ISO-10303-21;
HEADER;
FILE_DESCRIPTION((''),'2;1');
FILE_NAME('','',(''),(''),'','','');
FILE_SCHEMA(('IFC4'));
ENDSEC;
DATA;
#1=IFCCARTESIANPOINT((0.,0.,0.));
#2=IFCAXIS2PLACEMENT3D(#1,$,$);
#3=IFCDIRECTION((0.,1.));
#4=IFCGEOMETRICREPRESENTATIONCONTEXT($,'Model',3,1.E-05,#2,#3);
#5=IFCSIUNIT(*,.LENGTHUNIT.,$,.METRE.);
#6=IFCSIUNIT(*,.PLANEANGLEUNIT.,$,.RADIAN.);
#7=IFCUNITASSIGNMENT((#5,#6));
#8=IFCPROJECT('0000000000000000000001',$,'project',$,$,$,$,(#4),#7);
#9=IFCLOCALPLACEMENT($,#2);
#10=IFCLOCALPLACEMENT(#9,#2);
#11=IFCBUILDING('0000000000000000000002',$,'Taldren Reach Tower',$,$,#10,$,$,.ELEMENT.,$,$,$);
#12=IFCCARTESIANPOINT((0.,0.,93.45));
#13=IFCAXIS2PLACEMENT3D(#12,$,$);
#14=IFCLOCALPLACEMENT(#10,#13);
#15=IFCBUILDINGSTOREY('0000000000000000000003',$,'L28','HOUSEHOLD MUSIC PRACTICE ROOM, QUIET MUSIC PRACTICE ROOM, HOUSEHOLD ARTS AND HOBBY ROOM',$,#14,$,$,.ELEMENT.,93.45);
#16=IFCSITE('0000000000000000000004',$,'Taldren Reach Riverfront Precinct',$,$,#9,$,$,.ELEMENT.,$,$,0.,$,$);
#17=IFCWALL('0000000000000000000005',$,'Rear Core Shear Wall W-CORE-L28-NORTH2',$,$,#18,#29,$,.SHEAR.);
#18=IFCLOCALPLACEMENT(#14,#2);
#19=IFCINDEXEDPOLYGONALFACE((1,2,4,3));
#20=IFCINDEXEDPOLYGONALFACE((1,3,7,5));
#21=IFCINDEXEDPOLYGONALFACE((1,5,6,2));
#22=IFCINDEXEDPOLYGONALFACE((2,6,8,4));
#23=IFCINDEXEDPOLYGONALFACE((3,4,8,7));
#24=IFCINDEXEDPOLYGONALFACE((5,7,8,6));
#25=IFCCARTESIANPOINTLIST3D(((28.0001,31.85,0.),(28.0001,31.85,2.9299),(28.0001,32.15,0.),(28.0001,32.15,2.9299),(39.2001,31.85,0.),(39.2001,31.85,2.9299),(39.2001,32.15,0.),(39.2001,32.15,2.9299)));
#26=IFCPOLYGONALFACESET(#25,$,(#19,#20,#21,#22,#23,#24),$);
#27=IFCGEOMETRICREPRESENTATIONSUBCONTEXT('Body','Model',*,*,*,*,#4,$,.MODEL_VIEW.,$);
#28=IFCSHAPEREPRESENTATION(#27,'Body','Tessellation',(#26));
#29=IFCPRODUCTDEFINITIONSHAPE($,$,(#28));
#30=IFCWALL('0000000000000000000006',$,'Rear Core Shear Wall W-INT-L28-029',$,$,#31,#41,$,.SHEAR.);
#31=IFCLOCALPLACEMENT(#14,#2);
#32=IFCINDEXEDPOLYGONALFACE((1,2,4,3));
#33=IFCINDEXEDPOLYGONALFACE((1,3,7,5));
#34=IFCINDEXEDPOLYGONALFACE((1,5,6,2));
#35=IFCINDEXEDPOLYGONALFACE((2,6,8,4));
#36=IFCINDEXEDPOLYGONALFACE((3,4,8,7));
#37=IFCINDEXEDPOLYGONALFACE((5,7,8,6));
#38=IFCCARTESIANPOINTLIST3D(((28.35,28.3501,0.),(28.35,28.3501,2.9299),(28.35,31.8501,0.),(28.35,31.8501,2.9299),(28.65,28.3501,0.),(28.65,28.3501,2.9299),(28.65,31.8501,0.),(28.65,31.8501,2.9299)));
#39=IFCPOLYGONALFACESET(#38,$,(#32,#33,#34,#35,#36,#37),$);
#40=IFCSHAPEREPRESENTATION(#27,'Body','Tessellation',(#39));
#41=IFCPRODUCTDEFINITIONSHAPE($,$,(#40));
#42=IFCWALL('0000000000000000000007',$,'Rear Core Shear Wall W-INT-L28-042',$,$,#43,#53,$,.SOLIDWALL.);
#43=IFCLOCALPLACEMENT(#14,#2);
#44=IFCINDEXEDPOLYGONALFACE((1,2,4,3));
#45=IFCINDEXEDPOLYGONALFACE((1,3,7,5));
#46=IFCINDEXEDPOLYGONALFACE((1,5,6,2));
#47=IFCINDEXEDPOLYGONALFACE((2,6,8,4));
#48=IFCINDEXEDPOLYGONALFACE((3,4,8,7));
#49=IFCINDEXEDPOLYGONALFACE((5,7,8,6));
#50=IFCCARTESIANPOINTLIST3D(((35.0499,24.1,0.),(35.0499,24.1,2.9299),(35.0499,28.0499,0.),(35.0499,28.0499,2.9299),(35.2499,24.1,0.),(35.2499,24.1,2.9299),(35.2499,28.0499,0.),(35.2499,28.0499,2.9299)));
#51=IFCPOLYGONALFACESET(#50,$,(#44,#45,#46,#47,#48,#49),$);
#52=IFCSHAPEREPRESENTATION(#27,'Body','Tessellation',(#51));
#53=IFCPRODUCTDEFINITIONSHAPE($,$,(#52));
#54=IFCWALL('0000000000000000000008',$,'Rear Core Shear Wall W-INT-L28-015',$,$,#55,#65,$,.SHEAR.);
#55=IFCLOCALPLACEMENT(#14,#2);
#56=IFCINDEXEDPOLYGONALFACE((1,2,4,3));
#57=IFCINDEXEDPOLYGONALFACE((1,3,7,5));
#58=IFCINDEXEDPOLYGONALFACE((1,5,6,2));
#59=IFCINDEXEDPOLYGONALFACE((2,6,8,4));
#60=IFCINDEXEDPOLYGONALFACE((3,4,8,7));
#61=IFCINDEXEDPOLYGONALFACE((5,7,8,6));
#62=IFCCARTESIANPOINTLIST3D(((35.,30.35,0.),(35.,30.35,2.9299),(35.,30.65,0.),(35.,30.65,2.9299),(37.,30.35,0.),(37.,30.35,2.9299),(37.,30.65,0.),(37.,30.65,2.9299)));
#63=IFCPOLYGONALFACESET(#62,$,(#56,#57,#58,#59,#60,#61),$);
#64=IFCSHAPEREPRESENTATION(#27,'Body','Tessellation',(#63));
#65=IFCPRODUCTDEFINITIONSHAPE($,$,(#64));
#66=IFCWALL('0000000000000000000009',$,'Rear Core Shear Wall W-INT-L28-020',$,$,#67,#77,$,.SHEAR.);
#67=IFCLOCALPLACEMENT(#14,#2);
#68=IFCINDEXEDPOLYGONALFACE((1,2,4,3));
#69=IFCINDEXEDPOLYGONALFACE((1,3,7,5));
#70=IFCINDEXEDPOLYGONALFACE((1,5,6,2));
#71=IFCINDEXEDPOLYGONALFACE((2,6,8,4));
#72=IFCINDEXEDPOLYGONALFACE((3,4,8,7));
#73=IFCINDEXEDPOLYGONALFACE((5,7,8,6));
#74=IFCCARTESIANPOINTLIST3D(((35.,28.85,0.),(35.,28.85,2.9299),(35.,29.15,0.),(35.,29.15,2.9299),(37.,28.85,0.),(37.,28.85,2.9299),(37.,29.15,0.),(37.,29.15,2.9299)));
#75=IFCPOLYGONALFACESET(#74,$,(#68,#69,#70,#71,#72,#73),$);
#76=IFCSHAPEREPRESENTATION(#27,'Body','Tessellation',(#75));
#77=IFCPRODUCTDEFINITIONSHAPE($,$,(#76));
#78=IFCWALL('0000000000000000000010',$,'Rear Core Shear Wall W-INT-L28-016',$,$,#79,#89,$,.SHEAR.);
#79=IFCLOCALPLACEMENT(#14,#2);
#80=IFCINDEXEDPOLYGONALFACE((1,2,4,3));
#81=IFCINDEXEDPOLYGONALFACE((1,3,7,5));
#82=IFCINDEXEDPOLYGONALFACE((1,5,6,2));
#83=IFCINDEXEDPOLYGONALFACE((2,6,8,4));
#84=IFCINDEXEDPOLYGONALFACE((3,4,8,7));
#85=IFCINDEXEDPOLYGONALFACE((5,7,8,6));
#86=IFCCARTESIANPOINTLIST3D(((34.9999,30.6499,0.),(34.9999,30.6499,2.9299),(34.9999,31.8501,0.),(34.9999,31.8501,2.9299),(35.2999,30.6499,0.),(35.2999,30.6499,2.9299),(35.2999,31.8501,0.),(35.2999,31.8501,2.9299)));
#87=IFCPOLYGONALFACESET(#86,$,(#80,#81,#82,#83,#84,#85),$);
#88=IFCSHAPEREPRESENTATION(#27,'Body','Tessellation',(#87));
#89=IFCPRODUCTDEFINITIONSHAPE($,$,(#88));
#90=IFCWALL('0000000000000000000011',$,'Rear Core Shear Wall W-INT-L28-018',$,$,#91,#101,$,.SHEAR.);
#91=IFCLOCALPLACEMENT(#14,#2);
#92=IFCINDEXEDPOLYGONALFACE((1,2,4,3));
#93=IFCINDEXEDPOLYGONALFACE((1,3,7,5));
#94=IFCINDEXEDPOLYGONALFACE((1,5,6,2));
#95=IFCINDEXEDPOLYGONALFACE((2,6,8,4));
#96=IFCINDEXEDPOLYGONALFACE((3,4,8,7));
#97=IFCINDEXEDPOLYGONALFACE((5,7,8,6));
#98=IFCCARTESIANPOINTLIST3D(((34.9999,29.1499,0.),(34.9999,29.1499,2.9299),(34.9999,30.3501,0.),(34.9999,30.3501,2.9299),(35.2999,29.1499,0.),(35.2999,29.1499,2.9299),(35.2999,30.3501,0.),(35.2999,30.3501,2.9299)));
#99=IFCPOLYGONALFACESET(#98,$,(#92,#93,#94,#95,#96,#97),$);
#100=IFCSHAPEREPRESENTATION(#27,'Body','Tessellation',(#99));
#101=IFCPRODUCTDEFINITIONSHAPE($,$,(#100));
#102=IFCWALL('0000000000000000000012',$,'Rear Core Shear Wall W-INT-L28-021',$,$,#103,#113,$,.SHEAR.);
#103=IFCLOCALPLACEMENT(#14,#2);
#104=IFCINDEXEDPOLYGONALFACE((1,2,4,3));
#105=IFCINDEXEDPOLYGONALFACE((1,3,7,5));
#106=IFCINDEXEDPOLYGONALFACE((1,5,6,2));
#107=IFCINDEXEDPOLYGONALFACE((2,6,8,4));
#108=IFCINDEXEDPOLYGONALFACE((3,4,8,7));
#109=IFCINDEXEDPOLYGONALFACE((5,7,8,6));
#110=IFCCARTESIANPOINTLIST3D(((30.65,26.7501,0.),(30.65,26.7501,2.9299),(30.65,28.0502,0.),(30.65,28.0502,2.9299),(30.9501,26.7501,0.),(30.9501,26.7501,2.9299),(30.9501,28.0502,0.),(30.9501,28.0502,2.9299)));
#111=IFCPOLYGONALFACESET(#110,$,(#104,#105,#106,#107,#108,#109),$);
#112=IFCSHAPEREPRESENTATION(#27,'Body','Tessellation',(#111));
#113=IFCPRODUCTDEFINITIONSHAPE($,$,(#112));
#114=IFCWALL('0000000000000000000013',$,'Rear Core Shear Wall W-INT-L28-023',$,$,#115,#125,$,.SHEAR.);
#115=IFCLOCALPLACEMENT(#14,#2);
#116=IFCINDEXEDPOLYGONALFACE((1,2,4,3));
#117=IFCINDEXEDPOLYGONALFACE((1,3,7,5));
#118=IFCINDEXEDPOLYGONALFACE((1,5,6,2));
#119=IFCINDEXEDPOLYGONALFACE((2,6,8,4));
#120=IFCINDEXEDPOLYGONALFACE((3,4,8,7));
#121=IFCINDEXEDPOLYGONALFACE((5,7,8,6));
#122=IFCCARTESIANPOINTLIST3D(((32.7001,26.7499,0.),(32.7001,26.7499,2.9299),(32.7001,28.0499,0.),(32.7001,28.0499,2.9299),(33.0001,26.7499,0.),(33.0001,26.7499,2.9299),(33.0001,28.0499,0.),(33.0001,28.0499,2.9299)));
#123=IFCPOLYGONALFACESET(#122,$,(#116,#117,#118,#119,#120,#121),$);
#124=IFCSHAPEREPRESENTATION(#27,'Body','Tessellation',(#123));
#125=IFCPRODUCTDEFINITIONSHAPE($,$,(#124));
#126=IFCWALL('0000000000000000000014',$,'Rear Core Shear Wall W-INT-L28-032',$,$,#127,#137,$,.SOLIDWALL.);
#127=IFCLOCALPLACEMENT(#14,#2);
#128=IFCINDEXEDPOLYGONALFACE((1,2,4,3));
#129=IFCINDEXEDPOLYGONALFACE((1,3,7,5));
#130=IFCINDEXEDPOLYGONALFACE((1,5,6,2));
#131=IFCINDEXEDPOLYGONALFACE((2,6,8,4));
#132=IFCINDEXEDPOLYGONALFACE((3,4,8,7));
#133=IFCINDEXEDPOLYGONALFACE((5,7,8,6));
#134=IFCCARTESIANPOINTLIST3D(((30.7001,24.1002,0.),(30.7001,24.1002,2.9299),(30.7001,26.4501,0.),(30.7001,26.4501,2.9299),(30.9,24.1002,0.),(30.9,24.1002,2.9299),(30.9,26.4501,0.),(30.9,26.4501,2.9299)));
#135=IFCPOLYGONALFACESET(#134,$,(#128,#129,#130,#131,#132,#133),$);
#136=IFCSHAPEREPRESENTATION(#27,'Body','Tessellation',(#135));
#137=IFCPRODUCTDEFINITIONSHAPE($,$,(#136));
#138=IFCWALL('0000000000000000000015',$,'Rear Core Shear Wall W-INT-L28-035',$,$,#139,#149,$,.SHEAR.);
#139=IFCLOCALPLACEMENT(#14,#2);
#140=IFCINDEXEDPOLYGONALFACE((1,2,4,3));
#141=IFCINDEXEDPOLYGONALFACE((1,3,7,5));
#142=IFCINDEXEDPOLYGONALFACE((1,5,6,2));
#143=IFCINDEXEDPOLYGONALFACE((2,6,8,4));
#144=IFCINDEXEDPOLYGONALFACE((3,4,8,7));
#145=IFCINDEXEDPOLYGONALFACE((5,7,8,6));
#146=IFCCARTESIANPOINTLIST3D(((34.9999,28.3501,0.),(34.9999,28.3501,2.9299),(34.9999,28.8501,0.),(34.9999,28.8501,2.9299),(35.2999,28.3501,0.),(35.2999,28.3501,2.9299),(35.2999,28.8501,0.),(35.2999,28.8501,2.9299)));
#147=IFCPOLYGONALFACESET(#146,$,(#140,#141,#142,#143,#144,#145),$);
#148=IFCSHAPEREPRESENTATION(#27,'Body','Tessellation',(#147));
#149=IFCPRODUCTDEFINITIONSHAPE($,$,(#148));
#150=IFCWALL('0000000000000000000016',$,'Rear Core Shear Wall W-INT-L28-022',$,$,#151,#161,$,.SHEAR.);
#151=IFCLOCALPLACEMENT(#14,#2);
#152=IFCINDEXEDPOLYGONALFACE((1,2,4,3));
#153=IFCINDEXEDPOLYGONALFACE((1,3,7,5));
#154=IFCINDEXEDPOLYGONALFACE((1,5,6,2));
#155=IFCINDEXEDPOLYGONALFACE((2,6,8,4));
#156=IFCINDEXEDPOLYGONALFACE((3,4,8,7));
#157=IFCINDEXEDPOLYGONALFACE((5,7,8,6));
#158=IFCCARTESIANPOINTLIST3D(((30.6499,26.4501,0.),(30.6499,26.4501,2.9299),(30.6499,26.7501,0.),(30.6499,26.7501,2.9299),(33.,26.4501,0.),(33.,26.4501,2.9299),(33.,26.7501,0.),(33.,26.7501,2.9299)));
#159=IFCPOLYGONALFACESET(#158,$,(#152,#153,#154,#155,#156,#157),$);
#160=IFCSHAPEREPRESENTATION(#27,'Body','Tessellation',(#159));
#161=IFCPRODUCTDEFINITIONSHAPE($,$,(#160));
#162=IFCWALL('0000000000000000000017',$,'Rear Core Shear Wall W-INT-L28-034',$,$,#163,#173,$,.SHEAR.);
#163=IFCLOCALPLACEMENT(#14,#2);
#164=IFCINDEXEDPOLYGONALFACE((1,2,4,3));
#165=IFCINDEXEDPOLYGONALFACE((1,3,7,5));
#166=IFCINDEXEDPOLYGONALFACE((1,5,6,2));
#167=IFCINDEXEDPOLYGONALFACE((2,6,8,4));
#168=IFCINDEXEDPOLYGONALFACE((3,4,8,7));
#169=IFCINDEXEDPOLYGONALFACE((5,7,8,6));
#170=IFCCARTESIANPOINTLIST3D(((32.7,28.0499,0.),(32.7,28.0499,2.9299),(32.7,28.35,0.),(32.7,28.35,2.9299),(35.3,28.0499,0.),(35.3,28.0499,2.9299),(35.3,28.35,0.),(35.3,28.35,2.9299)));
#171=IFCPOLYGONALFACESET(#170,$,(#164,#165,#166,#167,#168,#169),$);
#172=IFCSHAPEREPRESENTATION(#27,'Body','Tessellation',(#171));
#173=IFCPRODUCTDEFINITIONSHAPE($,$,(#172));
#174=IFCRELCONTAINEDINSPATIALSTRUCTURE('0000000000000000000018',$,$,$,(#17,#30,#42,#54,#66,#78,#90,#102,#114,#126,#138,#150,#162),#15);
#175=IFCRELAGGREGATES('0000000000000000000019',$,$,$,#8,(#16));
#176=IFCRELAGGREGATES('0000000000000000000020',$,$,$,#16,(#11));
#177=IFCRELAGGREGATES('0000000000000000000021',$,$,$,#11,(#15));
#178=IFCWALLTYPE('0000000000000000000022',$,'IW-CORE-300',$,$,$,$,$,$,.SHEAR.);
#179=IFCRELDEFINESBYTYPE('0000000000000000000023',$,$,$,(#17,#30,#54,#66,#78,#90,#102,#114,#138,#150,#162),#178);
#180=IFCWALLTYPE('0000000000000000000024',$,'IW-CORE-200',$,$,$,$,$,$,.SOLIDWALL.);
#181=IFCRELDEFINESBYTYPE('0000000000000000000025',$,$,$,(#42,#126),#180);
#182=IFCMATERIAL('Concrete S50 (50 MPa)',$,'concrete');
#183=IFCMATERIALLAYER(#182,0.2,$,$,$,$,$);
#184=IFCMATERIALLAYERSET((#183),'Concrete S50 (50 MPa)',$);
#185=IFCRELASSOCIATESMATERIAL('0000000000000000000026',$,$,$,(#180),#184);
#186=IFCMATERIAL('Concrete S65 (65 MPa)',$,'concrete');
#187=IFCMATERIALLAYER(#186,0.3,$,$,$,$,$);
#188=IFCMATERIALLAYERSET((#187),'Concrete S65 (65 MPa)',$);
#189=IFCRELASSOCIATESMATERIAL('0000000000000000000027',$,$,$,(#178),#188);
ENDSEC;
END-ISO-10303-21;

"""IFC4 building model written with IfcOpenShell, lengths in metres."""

from ifc_helpers import new_model, si_unit, direction, frame, frame_2d, origin, place, context, subcontext, project, spatial, rectangle, extrude, source, transform, mapped, material, layer, layer_set, type_object, element, save


model = new_model("IFC4")

# Units and contexts
model_context = context("Model", 3, precision=1e-05, world=origin(), true_north=direction((0.0, 1.0)))
body_context = subcontext(model_context, "Body", "Model", "MODEL_VIEW")
ifc_project = project(units=[si_unit("LENGTHUNIT", "METRE"), si_unit("PLANEANGLEUNIT", "RADIAN")], contexts=[model_context])

# Site, building, storey
site_placement = place(None, origin())
site = spatial("IfcSite", under=ifc_project, at=site_placement, Name="Taldren Reach Riverfront Precinct", CompositionType="ELEMENT", RefElevation=0.0)
building_placement = place(site_placement, origin())
building = spatial("IfcBuilding", under=site, at=building_placement, Name="Taldren Reach Tower", CompositionType="ELEMENT")
storey_placement = place(building_placement, frame((0.0, 0.0, 93.45)))
storey = spatial("IfcBuildingStorey", under=building, at=storey_placement, Name="L28", Description="HOUSEHOLD MUSIC PRACTICE ROOM, QUIET MUSIC PRACTICE ROOM, HOUSEHOLD ARTS AND HOBBY ROOM", CompositionType="ELEMENT", Elevation=93.45)

# Shared definitions
ifc_material_1 = material(Name="Concrete S65 (65 MPa)", Category="concrete")

# Shared definitions
ifc_material_2 = material(Name="Concrete S50 (50 MPa)", Category="concrete")
ifc_layer_1 = layer(ifc_material_2, 0.2)
ifc_layer_set_1 = layer_set([ifc_layer_1], Name="Concrete S50 (50 MPa)")
wall_type_1 = type_object("IfcWallType", Name="IW-CORE-200", PredefinedType="SOLIDWALL", material=ifc_layer_set_1)

# Walls
ifc_layer_2 = layer(ifc_material_1, 0.3)
ifc_layer_set_2 = layer_set([ifc_layer_2], Name="Concrete S65 (65 MPa)")
wall_type_2 = type_object("IfcWallType", Name="IW-CORE-300", PredefinedType="SHEAR", material=ifc_layer_set_2)
shared_shape_1 = source(origin(), body_context, "Body", "SweptSolid", [
    extrude(rectangle(XDim=11.2, YDim=0.3, at=frame_2d((5.6001, 0.0))), origin(), (0.0, 0.0, 1.0), 2.9299),
])
wall_1_placement = place(storey_placement, frame((28.0, 32.0, 0.0), z_axis=(0.0, 0.0, 1.0), x_axis=(1.0, 0.0, 0.0)))
element("IfcWall", 1, at=wall_1_placement, inside=storey, type_object=wall_type_2, Name="Rear Core Shear Wall W-CORE-L28-NORTH2", PredefinedType="SHEAR", context=body_context, shape_type="MappedRepresentation", body=[
    mapped(shared_shape_1, transform((0.0, 0.0, 0.0), scale=1.0)),
])
shared_shape_2 = source(origin(), body_context, "Body", "SweptSolid", [
    extrude(rectangle(XDim=3.5, YDim=0.3, at=frame_2d((1.75, 0.0))), origin(), (0.0, 0.0, 1.0), 2.9299),
])
wall_2_placement = place(storey_placement, frame((28.5, 28.3501, 0.0), z_axis=(0.0, 0.0, 1.0), x_axis=(0.0, 1.0, 0.0)))
element("IfcWall", 2, at=wall_2_placement, inside=storey, type_object=wall_type_2, Name="Rear Core Shear Wall W-INT-L28-029", PredefinedType="SHEAR", context=body_context, shape_type="MappedRepresentation", body=[
    mapped(shared_shape_2, transform((0.0, 0.0, 0.0), scale=1.0)),
])
shared_shape_3 = source(origin(), body_context, "Body", "SweptSolid", [
    extrude(rectangle(XDim=3.95, YDim=0.2, at=frame_2d((1.9751, 0.0))), origin(), (0.0, 0.0, 1.0), 2.9299),
])
wall_3_placement = place(storey_placement, frame((35.1499, 28.05, 0.0), z_axis=(0.0, 0.0, 1.0), x_axis=(0.0, -1.0, 0.0)))
element("IfcWall", 3, at=wall_3_placement, inside=storey, type_object=wall_type_1, Name="Rear Core Shear Wall W-INT-L28-042", PredefinedType="SOLIDWALL", context=body_context, shape_type="MappedRepresentation", body=[
    mapped(shared_shape_3, transform((0.0, 0.0, 0.0), scale=1.0)),
])
shared_shape_4 = source(origin(), body_context, "Body", "SweptSolid", [
    extrude(rectangle(XDim=2.0, YDim=0.3, at=frame_2d((1.0, 0.0))), origin(), (0.0, 0.0, 1.0), 2.9299),
])
for number, where, z_axis, x_axis, name in (
    (4, (35.0, 30.5, 0.0), (0.0, 0.0, 1.0), (1.0, 0.0, 0.0), "Rear Core Shear Wall W-INT-L28-015"),
    (5, (35.0, 29.0, 0.0), (0.0, 0.0, 1.0), (1.0, 0.0, 0.0), "Rear Core Shear Wall W-INT-L28-020"),
):
    element("IfcWall", number, at=place(storey_placement, frame(where, z_axis=z_axis, x_axis=x_axis)), inside=storey, type_object=wall_type_2, Name=name, PredefinedType="SHEAR", context=body_context, shape_type="MappedRepresentation", body=[
        mapped(shared_shape_4, transform((0.0, 0.0, 0.0), scale=1.0)),
    ])
shared_shape_5 = source(origin(), body_context, "Body", "SweptSolid", [
    extrude(rectangle(XDim=1.2002, YDim=0.3, at=frame_2d((0.6001, 0.0))), origin(), (0.0, 0.0, 1.0), 2.9299),
])
for number, where, z_axis, x_axis, name in (
    (6, (35.1499, 31.8501, 0.0), (0.0, 0.0, 1.0), (0.0, -1.0, 0.0), "Rear Core Shear Wall W-INT-L28-016"),
    (7, (35.1499, 30.3501, 0.0), (0.0, 0.0, 1.0), (0.0, -1.0, 0.0), "Rear Core Shear Wall W-INT-L28-018"),
):
    element("IfcWall", number, at=place(storey_placement, frame(where, z_axis=z_axis, x_axis=x_axis)), inside=storey, type_object=wall_type_2, Name=name, PredefinedType="SHEAR", context=body_context, shape_type="MappedRepresentation", body=[
        mapped(shared_shape_5, transform((0.0, 0.0, 0.0), scale=1.0)),
    ])
shared_shape_6 = source(origin(), body_context, "Body", "SweptSolid", [
    extrude(rectangle(XDim=1.3, YDim=0.3, at=frame_2d((0.6499, 0.0))), origin(), (0.0, 0.0, 1.0), 2.9299),
])
for number, where, z_axis, x_axis, name in (
    (8, (30.8, 28.05, 0.0), (0.0, 0.0, 1.0), (0.0, -1.0, 0.0), "Rear Core Shear Wall W-INT-L28-021"),
    (9, (32.8501, 26.75, 0.0), (0.0, 0.0, 1.0), (0.0, 1.0, 0.0), "Rear Core Shear Wall W-INT-L28-023"),
):
    element("IfcWall", number, at=place(storey_placement, frame(where, z_axis=z_axis, x_axis=x_axis)), inside=storey, type_object=wall_type_2, Name=name, PredefinedType="SHEAR", context=body_context, shape_type="MappedRepresentation", body=[
        mapped(shared_shape_6, transform((0.0, 0.0, 0.0), scale=1.0)),
    ])

# Walls
shared_shape_7 = source(origin(), body_context, "Body", "SweptSolid", [
    extrude(rectangle(XDim=2.3499, YDim=0.2, at=frame_2d((1.1748, 0.0))), origin(), (0.0, 0.0, 1.0), 2.9299),
])
wall_4_placement = place(storey_placement, frame((30.8, 26.45, 0.0), z_axis=(0.0, 0.0, 1.0), x_axis=(0.0, -1.0, 0.0)))
element("IfcWall", 10, at=wall_4_placement, inside=storey, type_object=wall_type_1, Name="Rear Core Shear Wall W-INT-L28-032", PredefinedType="SOLIDWALL", context=body_context, shape_type="MappedRepresentation", body=[
    mapped(shared_shape_7, transform((0.0, 0.0, 0.0), scale=1.0)),
])
shared_shape_8 = source(origin(), body_context, "Body", "SweptSolid", [
    extrude(rectangle(XDim=0.5, YDim=0.3, at=frame_2d((0.25, 0.0))), origin(), (0.0, 0.0, 1.0), 2.9299),
])
wall_5_placement = place(storey_placement, frame((35.1499, 28.3501, 0.0), z_axis=(0.0, 0.0, 1.0), x_axis=(0.0, 1.0, 0.0)))
element("IfcWall", 11, at=wall_5_placement, inside=storey, type_object=wall_type_2, Name="Rear Core Shear Wall W-INT-L28-035", PredefinedType="SHEAR", context=body_context, shape_type="MappedRepresentation", body=[
    mapped(shared_shape_8, transform((0.0, 0.0, 0.0), scale=1.0)),
])
shared_shape_9 = source(origin(), body_context, "Body", "SweptSolid", [
    extrude(rectangle(XDim=2.3501, YDim=0.3, at=frame_2d((1.175, 0.0))), origin(), (0.0, 0.0, 1.0), 2.9299),
])
wall_6_placement = place(storey_placement, frame((30.6499, 26.6001, 0.0), z_axis=(0.0, 0.0, 1.0), x_axis=(1.0, 0.0, 0.0)))
element("IfcWall", 12, at=wall_6_placement, inside=storey, type_object=wall_type_2, Name="Rear Core Shear Wall W-INT-L28-022", PredefinedType="SHEAR", context=body_context, shape_type="MappedRepresentation", body=[
    mapped(shared_shape_9, transform((0.0, 0.0, 0.0), scale=1.0)),
])
shared_shape_10 = source(origin(), body_context, "Body", "SweptSolid", [
    extrude(rectangle(XDim=2.6001, YDim=0.3, at=frame_2d((1.3, 0.0))), origin(), (0.0, 0.0, 1.0), 2.9299),
])
wall_7_placement = place(storey_placement, frame((32.7, 28.2, 0.0), z_axis=(0.0, 0.0, 1.0), x_axis=(1.0, 0.0, 0.0)))
element("IfcWall", 13, at=wall_7_placement, inside=storey, type_object=wall_type_2, Name="Rear Core Shear Wall W-INT-L28-034", PredefinedType="SHEAR", context=body_context, shape_type="MappedRepresentation", body=[
    mapped(shared_shape_10, transform((0.0, 0.0, 0.0), scale=1.0)),
])

save(model, "model.ifc")
